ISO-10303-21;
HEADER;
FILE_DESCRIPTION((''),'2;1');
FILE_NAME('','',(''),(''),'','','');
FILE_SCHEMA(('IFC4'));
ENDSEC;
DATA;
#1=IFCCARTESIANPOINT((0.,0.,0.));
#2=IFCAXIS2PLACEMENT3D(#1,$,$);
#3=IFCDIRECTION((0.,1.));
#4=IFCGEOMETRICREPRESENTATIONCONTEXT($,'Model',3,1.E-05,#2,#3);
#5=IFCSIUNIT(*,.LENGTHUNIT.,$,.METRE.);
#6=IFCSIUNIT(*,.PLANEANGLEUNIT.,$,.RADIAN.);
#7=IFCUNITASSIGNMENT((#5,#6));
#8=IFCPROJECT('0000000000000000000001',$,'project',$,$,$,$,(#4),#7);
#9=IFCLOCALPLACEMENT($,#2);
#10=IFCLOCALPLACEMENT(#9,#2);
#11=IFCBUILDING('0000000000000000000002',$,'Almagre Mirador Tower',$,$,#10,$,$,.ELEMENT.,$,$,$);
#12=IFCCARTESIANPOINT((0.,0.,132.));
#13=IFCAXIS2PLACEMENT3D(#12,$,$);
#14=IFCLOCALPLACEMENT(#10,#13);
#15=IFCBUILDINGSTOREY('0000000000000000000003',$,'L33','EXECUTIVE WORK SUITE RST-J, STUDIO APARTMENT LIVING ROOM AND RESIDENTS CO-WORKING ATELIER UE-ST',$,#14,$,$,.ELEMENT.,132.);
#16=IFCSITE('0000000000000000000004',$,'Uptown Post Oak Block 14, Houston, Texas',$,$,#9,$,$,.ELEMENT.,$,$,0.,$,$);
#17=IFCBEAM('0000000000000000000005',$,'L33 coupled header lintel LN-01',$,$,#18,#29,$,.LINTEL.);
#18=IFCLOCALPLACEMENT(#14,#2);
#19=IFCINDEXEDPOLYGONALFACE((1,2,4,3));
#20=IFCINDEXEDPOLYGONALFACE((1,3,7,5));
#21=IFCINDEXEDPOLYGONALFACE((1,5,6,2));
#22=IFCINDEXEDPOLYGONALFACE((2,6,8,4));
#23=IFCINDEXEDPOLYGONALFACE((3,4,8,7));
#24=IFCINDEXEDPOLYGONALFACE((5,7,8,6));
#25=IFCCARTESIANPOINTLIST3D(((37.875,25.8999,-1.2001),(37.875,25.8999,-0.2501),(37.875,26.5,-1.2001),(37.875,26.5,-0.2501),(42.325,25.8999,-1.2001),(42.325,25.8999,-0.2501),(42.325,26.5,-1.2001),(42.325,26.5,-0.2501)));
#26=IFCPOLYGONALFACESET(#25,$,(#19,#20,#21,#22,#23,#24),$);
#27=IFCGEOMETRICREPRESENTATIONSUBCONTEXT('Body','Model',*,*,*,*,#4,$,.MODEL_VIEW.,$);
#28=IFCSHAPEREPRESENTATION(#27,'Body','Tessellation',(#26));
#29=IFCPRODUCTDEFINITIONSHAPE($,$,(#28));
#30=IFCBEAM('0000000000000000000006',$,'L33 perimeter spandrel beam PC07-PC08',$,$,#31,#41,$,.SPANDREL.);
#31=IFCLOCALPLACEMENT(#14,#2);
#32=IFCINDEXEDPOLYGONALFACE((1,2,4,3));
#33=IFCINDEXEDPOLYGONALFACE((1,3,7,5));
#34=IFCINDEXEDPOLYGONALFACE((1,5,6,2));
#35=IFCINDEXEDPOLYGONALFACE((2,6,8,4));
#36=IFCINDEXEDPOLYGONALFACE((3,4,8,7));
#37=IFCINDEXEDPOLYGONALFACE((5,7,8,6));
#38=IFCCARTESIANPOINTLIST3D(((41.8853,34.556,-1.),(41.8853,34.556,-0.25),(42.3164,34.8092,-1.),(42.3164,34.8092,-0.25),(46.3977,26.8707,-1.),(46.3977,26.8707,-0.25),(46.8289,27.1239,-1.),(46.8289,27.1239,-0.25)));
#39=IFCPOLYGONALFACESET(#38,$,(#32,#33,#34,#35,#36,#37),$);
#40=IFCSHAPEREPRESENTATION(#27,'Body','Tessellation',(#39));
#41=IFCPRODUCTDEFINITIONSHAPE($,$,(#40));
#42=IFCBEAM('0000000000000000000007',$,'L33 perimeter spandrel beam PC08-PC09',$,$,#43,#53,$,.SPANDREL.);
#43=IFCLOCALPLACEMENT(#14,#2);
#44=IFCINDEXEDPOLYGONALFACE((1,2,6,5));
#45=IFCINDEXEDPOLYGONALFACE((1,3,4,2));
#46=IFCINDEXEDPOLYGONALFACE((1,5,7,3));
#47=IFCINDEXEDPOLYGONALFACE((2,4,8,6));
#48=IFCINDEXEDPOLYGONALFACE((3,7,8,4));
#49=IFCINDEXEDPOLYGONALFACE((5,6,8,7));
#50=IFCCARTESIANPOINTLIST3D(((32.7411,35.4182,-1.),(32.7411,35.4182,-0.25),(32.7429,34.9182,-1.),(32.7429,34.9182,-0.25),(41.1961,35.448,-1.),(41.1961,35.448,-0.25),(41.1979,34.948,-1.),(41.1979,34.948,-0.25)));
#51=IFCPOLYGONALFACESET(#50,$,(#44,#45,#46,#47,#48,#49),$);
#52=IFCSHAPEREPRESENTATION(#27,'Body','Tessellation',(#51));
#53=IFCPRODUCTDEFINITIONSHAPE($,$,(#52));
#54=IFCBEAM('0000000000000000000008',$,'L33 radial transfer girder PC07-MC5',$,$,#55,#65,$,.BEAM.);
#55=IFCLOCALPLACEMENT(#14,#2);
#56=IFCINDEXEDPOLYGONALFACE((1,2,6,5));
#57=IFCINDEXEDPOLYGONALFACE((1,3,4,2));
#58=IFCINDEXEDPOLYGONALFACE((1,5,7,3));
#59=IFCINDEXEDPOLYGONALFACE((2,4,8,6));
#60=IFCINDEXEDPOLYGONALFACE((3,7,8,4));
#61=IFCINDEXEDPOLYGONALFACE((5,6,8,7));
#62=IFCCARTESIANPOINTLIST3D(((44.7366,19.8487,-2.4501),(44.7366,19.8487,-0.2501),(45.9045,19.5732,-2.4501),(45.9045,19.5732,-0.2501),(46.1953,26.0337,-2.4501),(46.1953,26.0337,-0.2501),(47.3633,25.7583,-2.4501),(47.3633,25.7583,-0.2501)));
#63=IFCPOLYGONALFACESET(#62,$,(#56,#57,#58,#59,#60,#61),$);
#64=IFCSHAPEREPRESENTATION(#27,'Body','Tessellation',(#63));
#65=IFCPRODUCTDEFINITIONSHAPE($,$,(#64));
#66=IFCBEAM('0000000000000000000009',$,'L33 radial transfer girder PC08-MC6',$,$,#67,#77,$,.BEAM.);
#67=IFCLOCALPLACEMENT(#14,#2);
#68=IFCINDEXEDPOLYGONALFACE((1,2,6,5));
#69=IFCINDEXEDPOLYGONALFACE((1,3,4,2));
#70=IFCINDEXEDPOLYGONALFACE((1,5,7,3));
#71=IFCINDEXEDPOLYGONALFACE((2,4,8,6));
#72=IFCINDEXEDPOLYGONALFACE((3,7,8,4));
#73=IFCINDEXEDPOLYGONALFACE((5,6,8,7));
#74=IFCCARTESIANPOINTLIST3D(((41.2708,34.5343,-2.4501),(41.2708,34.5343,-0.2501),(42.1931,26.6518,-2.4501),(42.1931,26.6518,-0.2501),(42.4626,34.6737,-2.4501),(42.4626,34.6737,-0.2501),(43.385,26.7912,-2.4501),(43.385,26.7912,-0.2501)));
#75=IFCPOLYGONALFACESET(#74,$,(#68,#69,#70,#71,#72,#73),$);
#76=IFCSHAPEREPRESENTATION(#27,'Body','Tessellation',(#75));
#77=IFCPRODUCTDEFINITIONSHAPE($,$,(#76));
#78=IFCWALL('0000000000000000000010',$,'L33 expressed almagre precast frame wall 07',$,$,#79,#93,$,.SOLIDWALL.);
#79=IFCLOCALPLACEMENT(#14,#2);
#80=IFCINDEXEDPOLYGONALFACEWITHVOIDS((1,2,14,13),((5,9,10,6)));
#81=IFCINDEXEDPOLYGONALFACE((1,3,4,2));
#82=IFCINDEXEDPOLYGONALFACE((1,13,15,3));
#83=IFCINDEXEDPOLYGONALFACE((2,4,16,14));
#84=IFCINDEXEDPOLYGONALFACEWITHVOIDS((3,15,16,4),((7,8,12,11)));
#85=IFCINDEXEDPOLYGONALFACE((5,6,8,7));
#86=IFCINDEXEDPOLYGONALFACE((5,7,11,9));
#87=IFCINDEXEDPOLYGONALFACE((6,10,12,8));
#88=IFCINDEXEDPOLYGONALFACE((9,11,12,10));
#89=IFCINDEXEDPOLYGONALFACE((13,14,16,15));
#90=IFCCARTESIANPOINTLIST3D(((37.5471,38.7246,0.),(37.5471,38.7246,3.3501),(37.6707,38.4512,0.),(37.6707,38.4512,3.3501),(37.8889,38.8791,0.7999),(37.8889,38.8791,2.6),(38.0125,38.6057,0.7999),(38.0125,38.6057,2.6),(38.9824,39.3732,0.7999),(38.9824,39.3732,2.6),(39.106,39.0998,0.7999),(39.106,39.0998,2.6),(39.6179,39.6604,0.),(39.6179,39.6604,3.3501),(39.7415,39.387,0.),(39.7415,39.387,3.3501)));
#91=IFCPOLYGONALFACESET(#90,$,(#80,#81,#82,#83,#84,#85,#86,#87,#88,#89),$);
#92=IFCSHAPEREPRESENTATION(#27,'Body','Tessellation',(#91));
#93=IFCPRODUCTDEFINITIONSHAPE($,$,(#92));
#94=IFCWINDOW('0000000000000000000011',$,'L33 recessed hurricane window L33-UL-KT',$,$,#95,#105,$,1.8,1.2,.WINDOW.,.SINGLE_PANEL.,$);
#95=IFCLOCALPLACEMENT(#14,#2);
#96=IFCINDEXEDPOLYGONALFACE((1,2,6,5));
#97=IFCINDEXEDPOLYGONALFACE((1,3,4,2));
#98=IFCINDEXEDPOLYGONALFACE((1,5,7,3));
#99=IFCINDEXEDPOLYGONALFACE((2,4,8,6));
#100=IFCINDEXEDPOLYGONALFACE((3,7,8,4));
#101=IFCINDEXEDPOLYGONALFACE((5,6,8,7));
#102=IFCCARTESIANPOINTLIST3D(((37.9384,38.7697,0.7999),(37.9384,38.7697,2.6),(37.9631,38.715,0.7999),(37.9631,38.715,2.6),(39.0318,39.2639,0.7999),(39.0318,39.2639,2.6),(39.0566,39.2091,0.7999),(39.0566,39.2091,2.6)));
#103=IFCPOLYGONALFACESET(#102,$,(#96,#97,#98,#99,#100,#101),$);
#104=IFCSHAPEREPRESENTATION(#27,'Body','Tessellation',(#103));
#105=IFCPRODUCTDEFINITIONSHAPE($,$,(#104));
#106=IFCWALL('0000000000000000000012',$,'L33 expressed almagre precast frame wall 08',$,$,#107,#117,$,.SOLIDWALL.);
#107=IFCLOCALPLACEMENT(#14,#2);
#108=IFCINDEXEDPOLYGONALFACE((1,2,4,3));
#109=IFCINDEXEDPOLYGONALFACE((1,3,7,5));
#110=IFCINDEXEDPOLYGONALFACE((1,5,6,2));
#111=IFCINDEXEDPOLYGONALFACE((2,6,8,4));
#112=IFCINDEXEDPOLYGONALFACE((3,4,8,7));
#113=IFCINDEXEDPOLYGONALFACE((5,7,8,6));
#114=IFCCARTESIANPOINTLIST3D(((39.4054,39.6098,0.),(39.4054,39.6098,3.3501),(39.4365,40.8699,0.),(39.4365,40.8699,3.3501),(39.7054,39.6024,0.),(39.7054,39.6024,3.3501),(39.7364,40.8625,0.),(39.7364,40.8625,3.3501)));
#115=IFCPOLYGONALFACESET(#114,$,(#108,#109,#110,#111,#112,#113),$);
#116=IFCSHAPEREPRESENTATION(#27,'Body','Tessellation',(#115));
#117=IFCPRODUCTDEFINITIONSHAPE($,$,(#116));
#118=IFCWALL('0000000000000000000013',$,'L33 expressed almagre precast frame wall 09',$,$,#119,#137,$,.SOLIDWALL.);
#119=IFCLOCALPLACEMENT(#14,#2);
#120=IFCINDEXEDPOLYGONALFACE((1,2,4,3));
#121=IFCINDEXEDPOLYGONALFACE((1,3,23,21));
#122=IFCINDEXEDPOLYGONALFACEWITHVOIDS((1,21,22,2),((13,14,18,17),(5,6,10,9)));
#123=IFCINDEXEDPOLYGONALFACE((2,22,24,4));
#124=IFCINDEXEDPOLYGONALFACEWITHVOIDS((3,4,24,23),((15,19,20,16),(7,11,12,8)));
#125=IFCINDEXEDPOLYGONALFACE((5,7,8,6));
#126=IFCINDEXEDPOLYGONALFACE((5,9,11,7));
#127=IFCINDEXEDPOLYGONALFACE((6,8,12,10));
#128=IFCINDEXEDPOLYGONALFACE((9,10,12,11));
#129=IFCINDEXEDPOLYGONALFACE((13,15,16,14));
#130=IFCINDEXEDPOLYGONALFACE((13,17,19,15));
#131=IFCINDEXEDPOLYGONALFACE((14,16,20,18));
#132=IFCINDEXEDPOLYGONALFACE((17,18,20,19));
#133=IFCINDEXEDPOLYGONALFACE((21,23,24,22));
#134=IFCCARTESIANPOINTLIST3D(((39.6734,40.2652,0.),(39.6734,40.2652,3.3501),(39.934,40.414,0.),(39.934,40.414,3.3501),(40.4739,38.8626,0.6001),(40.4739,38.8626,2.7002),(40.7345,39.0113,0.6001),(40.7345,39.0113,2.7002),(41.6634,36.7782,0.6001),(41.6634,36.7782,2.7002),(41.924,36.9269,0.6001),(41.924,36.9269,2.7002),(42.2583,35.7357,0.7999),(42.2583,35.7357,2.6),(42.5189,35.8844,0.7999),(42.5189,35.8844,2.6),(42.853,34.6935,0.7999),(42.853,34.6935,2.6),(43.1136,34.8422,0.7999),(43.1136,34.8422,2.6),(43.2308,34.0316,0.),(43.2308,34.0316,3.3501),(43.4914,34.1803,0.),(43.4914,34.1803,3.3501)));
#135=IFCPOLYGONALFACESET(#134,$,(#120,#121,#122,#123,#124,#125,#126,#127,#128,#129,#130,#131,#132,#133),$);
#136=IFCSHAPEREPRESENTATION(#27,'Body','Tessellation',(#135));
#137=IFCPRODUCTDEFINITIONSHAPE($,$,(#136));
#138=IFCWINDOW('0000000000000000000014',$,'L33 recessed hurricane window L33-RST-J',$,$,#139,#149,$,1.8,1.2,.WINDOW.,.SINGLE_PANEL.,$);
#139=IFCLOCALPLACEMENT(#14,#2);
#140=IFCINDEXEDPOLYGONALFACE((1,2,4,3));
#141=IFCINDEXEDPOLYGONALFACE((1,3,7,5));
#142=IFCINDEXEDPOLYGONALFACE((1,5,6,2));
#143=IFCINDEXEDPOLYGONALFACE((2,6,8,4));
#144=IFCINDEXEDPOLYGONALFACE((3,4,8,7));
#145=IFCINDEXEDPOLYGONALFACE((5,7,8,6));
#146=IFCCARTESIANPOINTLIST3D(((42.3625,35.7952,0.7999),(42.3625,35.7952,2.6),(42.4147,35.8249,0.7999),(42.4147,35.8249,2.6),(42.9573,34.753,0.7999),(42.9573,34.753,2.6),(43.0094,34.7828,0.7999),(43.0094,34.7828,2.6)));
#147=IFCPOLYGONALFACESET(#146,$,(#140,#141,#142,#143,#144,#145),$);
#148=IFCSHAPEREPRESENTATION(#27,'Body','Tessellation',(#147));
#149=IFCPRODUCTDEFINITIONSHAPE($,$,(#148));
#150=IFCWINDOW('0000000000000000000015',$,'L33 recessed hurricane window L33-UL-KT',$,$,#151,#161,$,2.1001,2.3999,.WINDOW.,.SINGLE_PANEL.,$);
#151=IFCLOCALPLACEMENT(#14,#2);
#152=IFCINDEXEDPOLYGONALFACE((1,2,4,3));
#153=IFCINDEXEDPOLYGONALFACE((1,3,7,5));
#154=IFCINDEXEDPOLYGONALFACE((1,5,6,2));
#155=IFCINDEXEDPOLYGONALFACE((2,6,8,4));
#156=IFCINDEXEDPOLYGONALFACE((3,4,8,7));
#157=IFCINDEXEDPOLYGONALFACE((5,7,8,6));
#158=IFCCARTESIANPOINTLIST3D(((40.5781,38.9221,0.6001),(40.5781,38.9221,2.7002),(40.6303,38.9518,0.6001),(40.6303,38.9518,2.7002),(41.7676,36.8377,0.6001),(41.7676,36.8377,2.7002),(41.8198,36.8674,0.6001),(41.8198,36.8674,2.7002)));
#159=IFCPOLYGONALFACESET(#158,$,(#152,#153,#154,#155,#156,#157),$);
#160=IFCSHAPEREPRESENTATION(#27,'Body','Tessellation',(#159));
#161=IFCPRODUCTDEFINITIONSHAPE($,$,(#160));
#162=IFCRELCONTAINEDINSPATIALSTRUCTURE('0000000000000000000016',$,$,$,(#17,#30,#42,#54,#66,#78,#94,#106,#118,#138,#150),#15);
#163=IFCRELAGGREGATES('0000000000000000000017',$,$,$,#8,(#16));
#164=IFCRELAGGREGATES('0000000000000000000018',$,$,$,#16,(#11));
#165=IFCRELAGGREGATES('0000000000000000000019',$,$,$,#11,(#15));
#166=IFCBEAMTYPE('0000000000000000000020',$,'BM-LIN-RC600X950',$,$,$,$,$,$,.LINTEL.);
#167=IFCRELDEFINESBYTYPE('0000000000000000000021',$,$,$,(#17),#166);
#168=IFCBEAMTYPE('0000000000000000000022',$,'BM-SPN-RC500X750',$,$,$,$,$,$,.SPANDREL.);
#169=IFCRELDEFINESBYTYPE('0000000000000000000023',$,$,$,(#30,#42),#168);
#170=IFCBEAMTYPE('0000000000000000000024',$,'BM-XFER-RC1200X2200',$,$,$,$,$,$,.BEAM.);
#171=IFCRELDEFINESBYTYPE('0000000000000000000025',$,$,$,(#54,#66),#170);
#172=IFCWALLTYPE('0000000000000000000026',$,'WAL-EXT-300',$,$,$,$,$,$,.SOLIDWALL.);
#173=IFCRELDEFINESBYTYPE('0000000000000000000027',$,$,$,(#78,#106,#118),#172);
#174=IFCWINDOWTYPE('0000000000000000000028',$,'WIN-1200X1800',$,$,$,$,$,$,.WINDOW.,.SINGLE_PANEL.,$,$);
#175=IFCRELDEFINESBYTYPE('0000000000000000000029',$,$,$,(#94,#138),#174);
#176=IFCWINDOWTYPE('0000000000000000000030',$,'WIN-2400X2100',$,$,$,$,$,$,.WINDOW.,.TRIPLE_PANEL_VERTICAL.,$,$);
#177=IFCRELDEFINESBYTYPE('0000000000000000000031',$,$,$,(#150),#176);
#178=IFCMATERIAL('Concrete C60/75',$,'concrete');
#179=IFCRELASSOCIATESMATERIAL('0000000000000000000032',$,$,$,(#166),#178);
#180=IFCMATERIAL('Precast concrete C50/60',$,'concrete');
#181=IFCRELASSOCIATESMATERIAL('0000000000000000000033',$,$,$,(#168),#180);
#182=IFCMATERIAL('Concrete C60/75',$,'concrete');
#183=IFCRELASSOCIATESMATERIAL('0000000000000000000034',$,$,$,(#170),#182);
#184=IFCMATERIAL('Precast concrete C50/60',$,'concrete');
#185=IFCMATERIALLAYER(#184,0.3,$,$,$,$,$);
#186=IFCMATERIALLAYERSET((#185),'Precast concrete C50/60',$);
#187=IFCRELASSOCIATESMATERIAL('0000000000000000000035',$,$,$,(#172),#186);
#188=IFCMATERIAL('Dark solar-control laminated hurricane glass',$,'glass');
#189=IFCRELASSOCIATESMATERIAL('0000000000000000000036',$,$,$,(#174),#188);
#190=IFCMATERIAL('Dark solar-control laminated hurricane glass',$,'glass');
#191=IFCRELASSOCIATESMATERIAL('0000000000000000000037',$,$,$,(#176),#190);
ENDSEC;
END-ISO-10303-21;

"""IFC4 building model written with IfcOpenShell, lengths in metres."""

from ifc_helpers import new_model, si_unit, direction, frame, frame_2d, origin, origin_2d, place, context, subcontext, project, spatial, rectangle, extrude, material, layer, layer_set, material_profile, profile_set, type_object, element, fill, save


model = new_model("IFC4")

# Units and contexts
model_context = context("Model", 3, precision=1e-05, world=origin(), true_north=direction((0.0, 1.0)))
body_context = subcontext(model_context, "Body", "Model", "MODEL_VIEW")
ifc_project = project(units=[si_unit("LENGTHUNIT", "METRE"), si_unit("PLANEANGLEUNIT", "RADIAN")], contexts=[model_context])

# Site, building, storey
site_placement = place(None, origin())
site = spatial("IfcSite", under=ifc_project, at=site_placement, Name="Uptown Post Oak Block 14, Houston, Texas", CompositionType="ELEMENT", RefElevation=0.0)
building_placement = place(site_placement, origin())
building = spatial("IfcBuilding", under=site, at=building_placement, Name="Almagre Mirador Tower", CompositionType="ELEMENT")
storey_placement = place(building_placement, frame((0.0, 0.0, 132.0)))
storey = spatial("IfcBuildingStorey", under=building, at=storey_placement, Name="L33", Description="EXECUTIVE WORK SUITE RST-J, STUDIO APARTMENT LIVING ROOM AND RESIDENTS CO-WORKING ATELIER UE-ST", CompositionType="ELEMENT", Elevation=132.0)

# Beams
ifc_material_1 = material(Name="Concrete C60/75", Category="concrete")
ifc_material_profile_1 = material_profile(ifc_material_1, rectangle(XDim=0.6001, YDim=0.95, at=origin_2d()), Name="RC600X950")
ifc_profile_set_1 = profile_set([ifc_material_profile_1], Name="Concrete C60/75")
beam_type_1 = type_object("IfcBeamType", Name="BM-LIN-RC600X950", PredefinedType="LINTEL", material=ifc_profile_set_1)
beam_1_placement = place(storey_placement, frame((37.875, 26.2, -0.7251), z_axis=(1.0, 0.0, 0.0), x_axis=(0.0, 1.0, 0.0)))
element("IfcBeam", 1, at=beam_1_placement, inside=storey, type_object=beam_type_1, Name="L33 coupled header lintel LN-01", PredefinedType="LINTEL", context=body_context, shape_type="SweptSolid", body=[
    extrude(rectangle(XDim=0.6001, YDim=0.95, at=origin_2d()), origin(), (0.0, 0.0, 1.0), 4.45),
])
ifc_material_2 = material(Name="Precast concrete C50/60", Category="concrete")
ifc_material_profile_2 = material_profile(ifc_material_2, rectangle(XDim=0.5, YDim=0.75, at=origin_2d()), Name="RC500X750")
ifc_profile_set_2 = profile_set([ifc_material_profile_2], Name="Precast concrete C50/60")
beam_type_2 = type_object("IfcBeamType", Name="BM-SPN-RC500X750", PredefinedType="SPANDREL", material=ifc_profile_set_2)
beam_2_placement = place(storey_placement, frame((46.6133, 26.9973, -0.625), z_axis=(-0.506327, 0.862342, 0.0), x_axis=(-0.862342, -0.506327, 0.0)))
element("IfcBeam", 2, at=beam_2_placement, inside=storey, type_object=beam_type_2, Name="L33 perimeter spandrel beam PC07-PC08", PredefinedType="SPANDREL", context=body_context, shape_type="SweptSolid", body=[
    extrude(rectangle(XDim=0.5, YDim=0.75, at=origin_2d()), origin(), (0.0, 0.0, 1.0), 8.9121),
])
beam_3_placement = place(storey_placement, frame((41.197, 35.198, -0.625), z_axis=(-0.999994, -0.003523, 0.0), x_axis=(0.003523, -0.999994, 0.0)))
element("IfcBeam", 3, at=beam_3_placement, inside=storey, type_object=beam_type_2, Name="L33 perimeter spandrel beam PC08-PC09", PredefinedType="SPANDREL", context=body_context, shape_type="SweptSolid", body=[
    extrude(rectangle(XDim=0.5, YDim=0.75, at=origin_2d()), origin(), (0.0, 0.0, 1.0), 8.4551),
])
ifc_material_3 = material(Name="Concrete C60/75", Category="concrete")
ifc_material_profile_3 = material_profile(ifc_material_3, rectangle(XDim=1.2, YDim=2.2, at=origin_2d()), Name="RC1200X2200")
ifc_profile_set_3 = profile_set([ifc_material_profile_3], Name="Concrete C60/75")
beam_type_3 = type_object("IfcBeamType", Name="BM-XFER-RC1200X2200", PredefinedType="BEAM", material=ifc_profile_set_3)
beam_4_placement = place(storey_placement, frame((46.7793, 25.896, -1.3501), z_axis=(-0.229551, -0.973297, 0.0), x_axis=(0.973297, -0.229551, 0.0)))
element("IfcBeam", 4, at=beam_4_placement, inside=storey, type_object=beam_type_3, Name="L33 radial transfer girder PC07-MC5", PredefinedType="BEAM", context=body_context, shape_type="SweptSolid", body=[
    extrude(rectangle(XDim=1.2, YDim=2.2, at=origin_2d()), origin(), (0.0, 0.0, 1.0), 6.3547),
])
beam_5_placement = place(storey_placement, frame((41.8667, 34.604, -1.3501), z_axis=(0.11622, -0.993223, 0.0), x_axis=(0.993223, 0.11622, 0.0)))
element("IfcBeam", 5, at=beam_5_placement, inside=storey, type_object=beam_type_3, Name="L33 radial transfer girder PC08-MC6", PredefinedType="BEAM", context=body_context, shape_type="SweptSolid", body=[
    extrude(rectangle(XDim=1.2, YDim=2.2, at=origin_2d()), origin(), (0.0, 0.0, 1.0), 7.9363),
])

# Wall, opening, window
ifc_material_4 = material(Name="Precast concrete C50/60", Category="concrete")
ifc_layer_1 = layer(ifc_material_4, 0.3)
ifc_layer_set_1 = layer_set([ifc_layer_1], Name="Precast concrete C50/60")
wall_type_1 = type_object("IfcWallType", Name="WAL-EXT-300", PredefinedType="SOLIDWALL", material=ifc_layer_set_1)
wall_1_placement = place(storey_placement, frame((37.6089, 38.5879, 0.0), z_axis=(0.0, 0.0, 1.0), x_axis=(0.911273, 0.411803, 0.0)))
wall_1 = element("IfcWall", 6, at=wall_1_placement, inside=storey, type_object=wall_type_1, Name="L33 expressed almagre precast frame wall 07", PredefinedType="SOLIDWALL", context=body_context, shape_type="SweptSolid", body=[
    extrude(rectangle(XDim=2.2725, YDim=0.3, at=frame_2d((1.1362, 0.0))), origin(), (0.0, 0.0, 1.0), 3.3501),
])
opening_1_placement = place(wall_1_placement, frame((0.375, 0.0, 0.8)))
opening_1 = element("IfcOpeningElement", 7, at=opening_1_placement, cuts=wall_1, PredefinedType="OPENING", context=body_context, shape_type="SweptSolid", body=[
    extrude(rectangle(XDim=1.2, YDim=1.8, at=frame_2d((0.6001, 0.8999))), frame((0.0, 0.1599, 0.0), z_axis=(0.0, -1.0, 0.0), x_axis=(1.0, 0.0, 0.0)), (0.0, 0.0, 1.0), 0.32),
])
ifc_material_5 = material(Name="Dark solar-control laminated hurricane glass", Category="glass")
window_type_1 = type_object("IfcWindowType", Name="WIN-1200X1800", PartitioningType="SINGLE_PANEL", PredefinedType="WINDOW", material=ifc_material_5)
window_1_placement = place(opening_1_placement, origin())
window_1 = element("IfcWindow", 8, at=window_1_placement, inside=storey, type_object=window_type_1, Name="L33 recessed hurricane window L33-UL-KT", OverallHeight=1.8, OverallWidth=1.2, PartitioningType="SINGLE_PANEL", PredefinedType="WINDOW", context=body_context, shape_type="SweptSolid", body=[
    extrude(rectangle(XDim=1.2, YDim=1.8, at=frame_2d((0.6001, 0.8999))), frame((0.0, 0.03, 0.0), z_axis=(0.0, -1.0, 0.0), x_axis=(1.0, 0.0, 0.0)), (0.0, 0.0, 1.0), 0.0601),
])
fill(opening_1, window_1)

# Wall
wall_2_placement = place(storey_placement, frame((39.5554, 39.606, 0.0), z_axis=(0.0, 0.0, 1.0), x_axis=(0.0246, 0.999697, 0.0)))
element("IfcWall", 9, at=wall_2_placement, inside=storey, type_object=wall_type_1, Name="L33 expressed almagre precast frame wall 08", PredefinedType="SOLIDWALL", context=body_context, shape_type="SweptSolid", body=[
    extrude(rectangle(XDim=1.2605, YDim=0.3, at=frame_2d((0.6304, 0.0))), origin(), (0.0, 0.0, 1.0), 3.3501),
])

# Wall, openings, windows
wall_3_placement = place(storey_placement, frame((39.8037, 40.3396, 0.0), z_axis=(0.0, 0.0, 1.0), x_axis=(0.495644, -0.868526, 0.0)))
wall_3 = element("IfcWall", 10, at=wall_3_placement, inside=storey, type_object=wall_type_1, Name="L33 expressed almagre precast frame wall 09", PredefinedType="SOLIDWALL", context=body_context, shape_type="SweptSolid", body=[
    extrude(rectangle(XDim=7.1772, YDim=0.3, at=frame_2d((3.5886, 0.0))), origin(), (0.0, 0.0, 1.0), 3.3501),
])
opening_2_placement = place(wall_3_placement, frame((5.2151, 0.0, 0.8)))
opening_2 = element("IfcOpeningElement", 11, at=opening_2_placement, cuts=wall_3, PredefinedType="OPENING", context=body_context, shape_type="SweptSolid", body=[
    extrude(rectangle(XDim=1.2, YDim=1.8, at=frame_2d((0.6001, 0.8999))), frame((0.0, 0.1599, 0.0), z_axis=(0.0, -1.0, 0.0), x_axis=(1.0, 0.0, 0.0)), (0.0, 0.0, 1.0), 0.32),
])
opening_3_placement = place(wall_3_placement, frame((1.615, 0.0, 0.6001)))
opening_3 = element("IfcOpeningElement", 12, at=opening_3_placement, cuts=wall_3, PredefinedType="OPENING", context=body_context, shape_type="SweptSolid", body=[
    extrude(rectangle(XDim=2.3999, YDim=2.1001, at=frame_2d((1.2, 1.05))), frame((0.0, 0.1599, 0.0), z_axis=(0.0, -1.0, 0.0), x_axis=(1.0, 0.0, 0.0)), (0.0, 0.0, 1.0), 0.32),
])
window_2_placement = place(opening_2_placement, origin())
window_2 = element("IfcWindow", 13, at=window_2_placement, inside=storey, type_object=window_type_1, Name="L33 recessed hurricane window L33-RST-J", OverallHeight=1.8, OverallWidth=1.2, PartitioningType="SINGLE_PANEL", PredefinedType="WINDOW", context=body_context, shape_type="SweptSolid", body=[
    extrude(rectangle(XDim=1.2, YDim=1.8, at=frame_2d((0.6001, 0.8999))), frame((0.0, 0.03, 0.0), z_axis=(0.0, -1.0, 0.0), x_axis=(1.0, 0.0, 0.0)), (0.0, 0.0, 1.0), 0.0601),
])
fill(opening_2, window_2)
ifc_material_6 = material(Name="Dark solar-control laminated hurricane glass", Category="glass")
window_type_2 = type_object("IfcWindowType", Name="WIN-2400X2100", PartitioningType="TRIPLE_PANEL_VERTICAL", PredefinedType="WINDOW", material=ifc_material_6)
window_3_placement = place(opening_3_placement, origin())
window_3 = element("IfcWindow", 14, at=window_3_placement, inside=storey, type_object=window_type_2, Name="L33 recessed hurricane window L33-UL-KT", OverallHeight=2.1001, OverallWidth=2.3999, PartitioningType="SINGLE_PANEL", PredefinedType="WINDOW", context=body_context, shape_type="SweptSolid", body=[
    extrude(rectangle(XDim=2.3999, YDim=2.1001, at=frame_2d((1.2, 1.05))), frame((0.0, 0.03, 0.0), z_axis=(0.0, -1.0, 0.0), x_axis=(1.0, 0.0, 0.0)), (0.0, 0.0, 1.0), 0.0601),
])
fill(opening_3, window_3)

save(model, "model.ifc")
